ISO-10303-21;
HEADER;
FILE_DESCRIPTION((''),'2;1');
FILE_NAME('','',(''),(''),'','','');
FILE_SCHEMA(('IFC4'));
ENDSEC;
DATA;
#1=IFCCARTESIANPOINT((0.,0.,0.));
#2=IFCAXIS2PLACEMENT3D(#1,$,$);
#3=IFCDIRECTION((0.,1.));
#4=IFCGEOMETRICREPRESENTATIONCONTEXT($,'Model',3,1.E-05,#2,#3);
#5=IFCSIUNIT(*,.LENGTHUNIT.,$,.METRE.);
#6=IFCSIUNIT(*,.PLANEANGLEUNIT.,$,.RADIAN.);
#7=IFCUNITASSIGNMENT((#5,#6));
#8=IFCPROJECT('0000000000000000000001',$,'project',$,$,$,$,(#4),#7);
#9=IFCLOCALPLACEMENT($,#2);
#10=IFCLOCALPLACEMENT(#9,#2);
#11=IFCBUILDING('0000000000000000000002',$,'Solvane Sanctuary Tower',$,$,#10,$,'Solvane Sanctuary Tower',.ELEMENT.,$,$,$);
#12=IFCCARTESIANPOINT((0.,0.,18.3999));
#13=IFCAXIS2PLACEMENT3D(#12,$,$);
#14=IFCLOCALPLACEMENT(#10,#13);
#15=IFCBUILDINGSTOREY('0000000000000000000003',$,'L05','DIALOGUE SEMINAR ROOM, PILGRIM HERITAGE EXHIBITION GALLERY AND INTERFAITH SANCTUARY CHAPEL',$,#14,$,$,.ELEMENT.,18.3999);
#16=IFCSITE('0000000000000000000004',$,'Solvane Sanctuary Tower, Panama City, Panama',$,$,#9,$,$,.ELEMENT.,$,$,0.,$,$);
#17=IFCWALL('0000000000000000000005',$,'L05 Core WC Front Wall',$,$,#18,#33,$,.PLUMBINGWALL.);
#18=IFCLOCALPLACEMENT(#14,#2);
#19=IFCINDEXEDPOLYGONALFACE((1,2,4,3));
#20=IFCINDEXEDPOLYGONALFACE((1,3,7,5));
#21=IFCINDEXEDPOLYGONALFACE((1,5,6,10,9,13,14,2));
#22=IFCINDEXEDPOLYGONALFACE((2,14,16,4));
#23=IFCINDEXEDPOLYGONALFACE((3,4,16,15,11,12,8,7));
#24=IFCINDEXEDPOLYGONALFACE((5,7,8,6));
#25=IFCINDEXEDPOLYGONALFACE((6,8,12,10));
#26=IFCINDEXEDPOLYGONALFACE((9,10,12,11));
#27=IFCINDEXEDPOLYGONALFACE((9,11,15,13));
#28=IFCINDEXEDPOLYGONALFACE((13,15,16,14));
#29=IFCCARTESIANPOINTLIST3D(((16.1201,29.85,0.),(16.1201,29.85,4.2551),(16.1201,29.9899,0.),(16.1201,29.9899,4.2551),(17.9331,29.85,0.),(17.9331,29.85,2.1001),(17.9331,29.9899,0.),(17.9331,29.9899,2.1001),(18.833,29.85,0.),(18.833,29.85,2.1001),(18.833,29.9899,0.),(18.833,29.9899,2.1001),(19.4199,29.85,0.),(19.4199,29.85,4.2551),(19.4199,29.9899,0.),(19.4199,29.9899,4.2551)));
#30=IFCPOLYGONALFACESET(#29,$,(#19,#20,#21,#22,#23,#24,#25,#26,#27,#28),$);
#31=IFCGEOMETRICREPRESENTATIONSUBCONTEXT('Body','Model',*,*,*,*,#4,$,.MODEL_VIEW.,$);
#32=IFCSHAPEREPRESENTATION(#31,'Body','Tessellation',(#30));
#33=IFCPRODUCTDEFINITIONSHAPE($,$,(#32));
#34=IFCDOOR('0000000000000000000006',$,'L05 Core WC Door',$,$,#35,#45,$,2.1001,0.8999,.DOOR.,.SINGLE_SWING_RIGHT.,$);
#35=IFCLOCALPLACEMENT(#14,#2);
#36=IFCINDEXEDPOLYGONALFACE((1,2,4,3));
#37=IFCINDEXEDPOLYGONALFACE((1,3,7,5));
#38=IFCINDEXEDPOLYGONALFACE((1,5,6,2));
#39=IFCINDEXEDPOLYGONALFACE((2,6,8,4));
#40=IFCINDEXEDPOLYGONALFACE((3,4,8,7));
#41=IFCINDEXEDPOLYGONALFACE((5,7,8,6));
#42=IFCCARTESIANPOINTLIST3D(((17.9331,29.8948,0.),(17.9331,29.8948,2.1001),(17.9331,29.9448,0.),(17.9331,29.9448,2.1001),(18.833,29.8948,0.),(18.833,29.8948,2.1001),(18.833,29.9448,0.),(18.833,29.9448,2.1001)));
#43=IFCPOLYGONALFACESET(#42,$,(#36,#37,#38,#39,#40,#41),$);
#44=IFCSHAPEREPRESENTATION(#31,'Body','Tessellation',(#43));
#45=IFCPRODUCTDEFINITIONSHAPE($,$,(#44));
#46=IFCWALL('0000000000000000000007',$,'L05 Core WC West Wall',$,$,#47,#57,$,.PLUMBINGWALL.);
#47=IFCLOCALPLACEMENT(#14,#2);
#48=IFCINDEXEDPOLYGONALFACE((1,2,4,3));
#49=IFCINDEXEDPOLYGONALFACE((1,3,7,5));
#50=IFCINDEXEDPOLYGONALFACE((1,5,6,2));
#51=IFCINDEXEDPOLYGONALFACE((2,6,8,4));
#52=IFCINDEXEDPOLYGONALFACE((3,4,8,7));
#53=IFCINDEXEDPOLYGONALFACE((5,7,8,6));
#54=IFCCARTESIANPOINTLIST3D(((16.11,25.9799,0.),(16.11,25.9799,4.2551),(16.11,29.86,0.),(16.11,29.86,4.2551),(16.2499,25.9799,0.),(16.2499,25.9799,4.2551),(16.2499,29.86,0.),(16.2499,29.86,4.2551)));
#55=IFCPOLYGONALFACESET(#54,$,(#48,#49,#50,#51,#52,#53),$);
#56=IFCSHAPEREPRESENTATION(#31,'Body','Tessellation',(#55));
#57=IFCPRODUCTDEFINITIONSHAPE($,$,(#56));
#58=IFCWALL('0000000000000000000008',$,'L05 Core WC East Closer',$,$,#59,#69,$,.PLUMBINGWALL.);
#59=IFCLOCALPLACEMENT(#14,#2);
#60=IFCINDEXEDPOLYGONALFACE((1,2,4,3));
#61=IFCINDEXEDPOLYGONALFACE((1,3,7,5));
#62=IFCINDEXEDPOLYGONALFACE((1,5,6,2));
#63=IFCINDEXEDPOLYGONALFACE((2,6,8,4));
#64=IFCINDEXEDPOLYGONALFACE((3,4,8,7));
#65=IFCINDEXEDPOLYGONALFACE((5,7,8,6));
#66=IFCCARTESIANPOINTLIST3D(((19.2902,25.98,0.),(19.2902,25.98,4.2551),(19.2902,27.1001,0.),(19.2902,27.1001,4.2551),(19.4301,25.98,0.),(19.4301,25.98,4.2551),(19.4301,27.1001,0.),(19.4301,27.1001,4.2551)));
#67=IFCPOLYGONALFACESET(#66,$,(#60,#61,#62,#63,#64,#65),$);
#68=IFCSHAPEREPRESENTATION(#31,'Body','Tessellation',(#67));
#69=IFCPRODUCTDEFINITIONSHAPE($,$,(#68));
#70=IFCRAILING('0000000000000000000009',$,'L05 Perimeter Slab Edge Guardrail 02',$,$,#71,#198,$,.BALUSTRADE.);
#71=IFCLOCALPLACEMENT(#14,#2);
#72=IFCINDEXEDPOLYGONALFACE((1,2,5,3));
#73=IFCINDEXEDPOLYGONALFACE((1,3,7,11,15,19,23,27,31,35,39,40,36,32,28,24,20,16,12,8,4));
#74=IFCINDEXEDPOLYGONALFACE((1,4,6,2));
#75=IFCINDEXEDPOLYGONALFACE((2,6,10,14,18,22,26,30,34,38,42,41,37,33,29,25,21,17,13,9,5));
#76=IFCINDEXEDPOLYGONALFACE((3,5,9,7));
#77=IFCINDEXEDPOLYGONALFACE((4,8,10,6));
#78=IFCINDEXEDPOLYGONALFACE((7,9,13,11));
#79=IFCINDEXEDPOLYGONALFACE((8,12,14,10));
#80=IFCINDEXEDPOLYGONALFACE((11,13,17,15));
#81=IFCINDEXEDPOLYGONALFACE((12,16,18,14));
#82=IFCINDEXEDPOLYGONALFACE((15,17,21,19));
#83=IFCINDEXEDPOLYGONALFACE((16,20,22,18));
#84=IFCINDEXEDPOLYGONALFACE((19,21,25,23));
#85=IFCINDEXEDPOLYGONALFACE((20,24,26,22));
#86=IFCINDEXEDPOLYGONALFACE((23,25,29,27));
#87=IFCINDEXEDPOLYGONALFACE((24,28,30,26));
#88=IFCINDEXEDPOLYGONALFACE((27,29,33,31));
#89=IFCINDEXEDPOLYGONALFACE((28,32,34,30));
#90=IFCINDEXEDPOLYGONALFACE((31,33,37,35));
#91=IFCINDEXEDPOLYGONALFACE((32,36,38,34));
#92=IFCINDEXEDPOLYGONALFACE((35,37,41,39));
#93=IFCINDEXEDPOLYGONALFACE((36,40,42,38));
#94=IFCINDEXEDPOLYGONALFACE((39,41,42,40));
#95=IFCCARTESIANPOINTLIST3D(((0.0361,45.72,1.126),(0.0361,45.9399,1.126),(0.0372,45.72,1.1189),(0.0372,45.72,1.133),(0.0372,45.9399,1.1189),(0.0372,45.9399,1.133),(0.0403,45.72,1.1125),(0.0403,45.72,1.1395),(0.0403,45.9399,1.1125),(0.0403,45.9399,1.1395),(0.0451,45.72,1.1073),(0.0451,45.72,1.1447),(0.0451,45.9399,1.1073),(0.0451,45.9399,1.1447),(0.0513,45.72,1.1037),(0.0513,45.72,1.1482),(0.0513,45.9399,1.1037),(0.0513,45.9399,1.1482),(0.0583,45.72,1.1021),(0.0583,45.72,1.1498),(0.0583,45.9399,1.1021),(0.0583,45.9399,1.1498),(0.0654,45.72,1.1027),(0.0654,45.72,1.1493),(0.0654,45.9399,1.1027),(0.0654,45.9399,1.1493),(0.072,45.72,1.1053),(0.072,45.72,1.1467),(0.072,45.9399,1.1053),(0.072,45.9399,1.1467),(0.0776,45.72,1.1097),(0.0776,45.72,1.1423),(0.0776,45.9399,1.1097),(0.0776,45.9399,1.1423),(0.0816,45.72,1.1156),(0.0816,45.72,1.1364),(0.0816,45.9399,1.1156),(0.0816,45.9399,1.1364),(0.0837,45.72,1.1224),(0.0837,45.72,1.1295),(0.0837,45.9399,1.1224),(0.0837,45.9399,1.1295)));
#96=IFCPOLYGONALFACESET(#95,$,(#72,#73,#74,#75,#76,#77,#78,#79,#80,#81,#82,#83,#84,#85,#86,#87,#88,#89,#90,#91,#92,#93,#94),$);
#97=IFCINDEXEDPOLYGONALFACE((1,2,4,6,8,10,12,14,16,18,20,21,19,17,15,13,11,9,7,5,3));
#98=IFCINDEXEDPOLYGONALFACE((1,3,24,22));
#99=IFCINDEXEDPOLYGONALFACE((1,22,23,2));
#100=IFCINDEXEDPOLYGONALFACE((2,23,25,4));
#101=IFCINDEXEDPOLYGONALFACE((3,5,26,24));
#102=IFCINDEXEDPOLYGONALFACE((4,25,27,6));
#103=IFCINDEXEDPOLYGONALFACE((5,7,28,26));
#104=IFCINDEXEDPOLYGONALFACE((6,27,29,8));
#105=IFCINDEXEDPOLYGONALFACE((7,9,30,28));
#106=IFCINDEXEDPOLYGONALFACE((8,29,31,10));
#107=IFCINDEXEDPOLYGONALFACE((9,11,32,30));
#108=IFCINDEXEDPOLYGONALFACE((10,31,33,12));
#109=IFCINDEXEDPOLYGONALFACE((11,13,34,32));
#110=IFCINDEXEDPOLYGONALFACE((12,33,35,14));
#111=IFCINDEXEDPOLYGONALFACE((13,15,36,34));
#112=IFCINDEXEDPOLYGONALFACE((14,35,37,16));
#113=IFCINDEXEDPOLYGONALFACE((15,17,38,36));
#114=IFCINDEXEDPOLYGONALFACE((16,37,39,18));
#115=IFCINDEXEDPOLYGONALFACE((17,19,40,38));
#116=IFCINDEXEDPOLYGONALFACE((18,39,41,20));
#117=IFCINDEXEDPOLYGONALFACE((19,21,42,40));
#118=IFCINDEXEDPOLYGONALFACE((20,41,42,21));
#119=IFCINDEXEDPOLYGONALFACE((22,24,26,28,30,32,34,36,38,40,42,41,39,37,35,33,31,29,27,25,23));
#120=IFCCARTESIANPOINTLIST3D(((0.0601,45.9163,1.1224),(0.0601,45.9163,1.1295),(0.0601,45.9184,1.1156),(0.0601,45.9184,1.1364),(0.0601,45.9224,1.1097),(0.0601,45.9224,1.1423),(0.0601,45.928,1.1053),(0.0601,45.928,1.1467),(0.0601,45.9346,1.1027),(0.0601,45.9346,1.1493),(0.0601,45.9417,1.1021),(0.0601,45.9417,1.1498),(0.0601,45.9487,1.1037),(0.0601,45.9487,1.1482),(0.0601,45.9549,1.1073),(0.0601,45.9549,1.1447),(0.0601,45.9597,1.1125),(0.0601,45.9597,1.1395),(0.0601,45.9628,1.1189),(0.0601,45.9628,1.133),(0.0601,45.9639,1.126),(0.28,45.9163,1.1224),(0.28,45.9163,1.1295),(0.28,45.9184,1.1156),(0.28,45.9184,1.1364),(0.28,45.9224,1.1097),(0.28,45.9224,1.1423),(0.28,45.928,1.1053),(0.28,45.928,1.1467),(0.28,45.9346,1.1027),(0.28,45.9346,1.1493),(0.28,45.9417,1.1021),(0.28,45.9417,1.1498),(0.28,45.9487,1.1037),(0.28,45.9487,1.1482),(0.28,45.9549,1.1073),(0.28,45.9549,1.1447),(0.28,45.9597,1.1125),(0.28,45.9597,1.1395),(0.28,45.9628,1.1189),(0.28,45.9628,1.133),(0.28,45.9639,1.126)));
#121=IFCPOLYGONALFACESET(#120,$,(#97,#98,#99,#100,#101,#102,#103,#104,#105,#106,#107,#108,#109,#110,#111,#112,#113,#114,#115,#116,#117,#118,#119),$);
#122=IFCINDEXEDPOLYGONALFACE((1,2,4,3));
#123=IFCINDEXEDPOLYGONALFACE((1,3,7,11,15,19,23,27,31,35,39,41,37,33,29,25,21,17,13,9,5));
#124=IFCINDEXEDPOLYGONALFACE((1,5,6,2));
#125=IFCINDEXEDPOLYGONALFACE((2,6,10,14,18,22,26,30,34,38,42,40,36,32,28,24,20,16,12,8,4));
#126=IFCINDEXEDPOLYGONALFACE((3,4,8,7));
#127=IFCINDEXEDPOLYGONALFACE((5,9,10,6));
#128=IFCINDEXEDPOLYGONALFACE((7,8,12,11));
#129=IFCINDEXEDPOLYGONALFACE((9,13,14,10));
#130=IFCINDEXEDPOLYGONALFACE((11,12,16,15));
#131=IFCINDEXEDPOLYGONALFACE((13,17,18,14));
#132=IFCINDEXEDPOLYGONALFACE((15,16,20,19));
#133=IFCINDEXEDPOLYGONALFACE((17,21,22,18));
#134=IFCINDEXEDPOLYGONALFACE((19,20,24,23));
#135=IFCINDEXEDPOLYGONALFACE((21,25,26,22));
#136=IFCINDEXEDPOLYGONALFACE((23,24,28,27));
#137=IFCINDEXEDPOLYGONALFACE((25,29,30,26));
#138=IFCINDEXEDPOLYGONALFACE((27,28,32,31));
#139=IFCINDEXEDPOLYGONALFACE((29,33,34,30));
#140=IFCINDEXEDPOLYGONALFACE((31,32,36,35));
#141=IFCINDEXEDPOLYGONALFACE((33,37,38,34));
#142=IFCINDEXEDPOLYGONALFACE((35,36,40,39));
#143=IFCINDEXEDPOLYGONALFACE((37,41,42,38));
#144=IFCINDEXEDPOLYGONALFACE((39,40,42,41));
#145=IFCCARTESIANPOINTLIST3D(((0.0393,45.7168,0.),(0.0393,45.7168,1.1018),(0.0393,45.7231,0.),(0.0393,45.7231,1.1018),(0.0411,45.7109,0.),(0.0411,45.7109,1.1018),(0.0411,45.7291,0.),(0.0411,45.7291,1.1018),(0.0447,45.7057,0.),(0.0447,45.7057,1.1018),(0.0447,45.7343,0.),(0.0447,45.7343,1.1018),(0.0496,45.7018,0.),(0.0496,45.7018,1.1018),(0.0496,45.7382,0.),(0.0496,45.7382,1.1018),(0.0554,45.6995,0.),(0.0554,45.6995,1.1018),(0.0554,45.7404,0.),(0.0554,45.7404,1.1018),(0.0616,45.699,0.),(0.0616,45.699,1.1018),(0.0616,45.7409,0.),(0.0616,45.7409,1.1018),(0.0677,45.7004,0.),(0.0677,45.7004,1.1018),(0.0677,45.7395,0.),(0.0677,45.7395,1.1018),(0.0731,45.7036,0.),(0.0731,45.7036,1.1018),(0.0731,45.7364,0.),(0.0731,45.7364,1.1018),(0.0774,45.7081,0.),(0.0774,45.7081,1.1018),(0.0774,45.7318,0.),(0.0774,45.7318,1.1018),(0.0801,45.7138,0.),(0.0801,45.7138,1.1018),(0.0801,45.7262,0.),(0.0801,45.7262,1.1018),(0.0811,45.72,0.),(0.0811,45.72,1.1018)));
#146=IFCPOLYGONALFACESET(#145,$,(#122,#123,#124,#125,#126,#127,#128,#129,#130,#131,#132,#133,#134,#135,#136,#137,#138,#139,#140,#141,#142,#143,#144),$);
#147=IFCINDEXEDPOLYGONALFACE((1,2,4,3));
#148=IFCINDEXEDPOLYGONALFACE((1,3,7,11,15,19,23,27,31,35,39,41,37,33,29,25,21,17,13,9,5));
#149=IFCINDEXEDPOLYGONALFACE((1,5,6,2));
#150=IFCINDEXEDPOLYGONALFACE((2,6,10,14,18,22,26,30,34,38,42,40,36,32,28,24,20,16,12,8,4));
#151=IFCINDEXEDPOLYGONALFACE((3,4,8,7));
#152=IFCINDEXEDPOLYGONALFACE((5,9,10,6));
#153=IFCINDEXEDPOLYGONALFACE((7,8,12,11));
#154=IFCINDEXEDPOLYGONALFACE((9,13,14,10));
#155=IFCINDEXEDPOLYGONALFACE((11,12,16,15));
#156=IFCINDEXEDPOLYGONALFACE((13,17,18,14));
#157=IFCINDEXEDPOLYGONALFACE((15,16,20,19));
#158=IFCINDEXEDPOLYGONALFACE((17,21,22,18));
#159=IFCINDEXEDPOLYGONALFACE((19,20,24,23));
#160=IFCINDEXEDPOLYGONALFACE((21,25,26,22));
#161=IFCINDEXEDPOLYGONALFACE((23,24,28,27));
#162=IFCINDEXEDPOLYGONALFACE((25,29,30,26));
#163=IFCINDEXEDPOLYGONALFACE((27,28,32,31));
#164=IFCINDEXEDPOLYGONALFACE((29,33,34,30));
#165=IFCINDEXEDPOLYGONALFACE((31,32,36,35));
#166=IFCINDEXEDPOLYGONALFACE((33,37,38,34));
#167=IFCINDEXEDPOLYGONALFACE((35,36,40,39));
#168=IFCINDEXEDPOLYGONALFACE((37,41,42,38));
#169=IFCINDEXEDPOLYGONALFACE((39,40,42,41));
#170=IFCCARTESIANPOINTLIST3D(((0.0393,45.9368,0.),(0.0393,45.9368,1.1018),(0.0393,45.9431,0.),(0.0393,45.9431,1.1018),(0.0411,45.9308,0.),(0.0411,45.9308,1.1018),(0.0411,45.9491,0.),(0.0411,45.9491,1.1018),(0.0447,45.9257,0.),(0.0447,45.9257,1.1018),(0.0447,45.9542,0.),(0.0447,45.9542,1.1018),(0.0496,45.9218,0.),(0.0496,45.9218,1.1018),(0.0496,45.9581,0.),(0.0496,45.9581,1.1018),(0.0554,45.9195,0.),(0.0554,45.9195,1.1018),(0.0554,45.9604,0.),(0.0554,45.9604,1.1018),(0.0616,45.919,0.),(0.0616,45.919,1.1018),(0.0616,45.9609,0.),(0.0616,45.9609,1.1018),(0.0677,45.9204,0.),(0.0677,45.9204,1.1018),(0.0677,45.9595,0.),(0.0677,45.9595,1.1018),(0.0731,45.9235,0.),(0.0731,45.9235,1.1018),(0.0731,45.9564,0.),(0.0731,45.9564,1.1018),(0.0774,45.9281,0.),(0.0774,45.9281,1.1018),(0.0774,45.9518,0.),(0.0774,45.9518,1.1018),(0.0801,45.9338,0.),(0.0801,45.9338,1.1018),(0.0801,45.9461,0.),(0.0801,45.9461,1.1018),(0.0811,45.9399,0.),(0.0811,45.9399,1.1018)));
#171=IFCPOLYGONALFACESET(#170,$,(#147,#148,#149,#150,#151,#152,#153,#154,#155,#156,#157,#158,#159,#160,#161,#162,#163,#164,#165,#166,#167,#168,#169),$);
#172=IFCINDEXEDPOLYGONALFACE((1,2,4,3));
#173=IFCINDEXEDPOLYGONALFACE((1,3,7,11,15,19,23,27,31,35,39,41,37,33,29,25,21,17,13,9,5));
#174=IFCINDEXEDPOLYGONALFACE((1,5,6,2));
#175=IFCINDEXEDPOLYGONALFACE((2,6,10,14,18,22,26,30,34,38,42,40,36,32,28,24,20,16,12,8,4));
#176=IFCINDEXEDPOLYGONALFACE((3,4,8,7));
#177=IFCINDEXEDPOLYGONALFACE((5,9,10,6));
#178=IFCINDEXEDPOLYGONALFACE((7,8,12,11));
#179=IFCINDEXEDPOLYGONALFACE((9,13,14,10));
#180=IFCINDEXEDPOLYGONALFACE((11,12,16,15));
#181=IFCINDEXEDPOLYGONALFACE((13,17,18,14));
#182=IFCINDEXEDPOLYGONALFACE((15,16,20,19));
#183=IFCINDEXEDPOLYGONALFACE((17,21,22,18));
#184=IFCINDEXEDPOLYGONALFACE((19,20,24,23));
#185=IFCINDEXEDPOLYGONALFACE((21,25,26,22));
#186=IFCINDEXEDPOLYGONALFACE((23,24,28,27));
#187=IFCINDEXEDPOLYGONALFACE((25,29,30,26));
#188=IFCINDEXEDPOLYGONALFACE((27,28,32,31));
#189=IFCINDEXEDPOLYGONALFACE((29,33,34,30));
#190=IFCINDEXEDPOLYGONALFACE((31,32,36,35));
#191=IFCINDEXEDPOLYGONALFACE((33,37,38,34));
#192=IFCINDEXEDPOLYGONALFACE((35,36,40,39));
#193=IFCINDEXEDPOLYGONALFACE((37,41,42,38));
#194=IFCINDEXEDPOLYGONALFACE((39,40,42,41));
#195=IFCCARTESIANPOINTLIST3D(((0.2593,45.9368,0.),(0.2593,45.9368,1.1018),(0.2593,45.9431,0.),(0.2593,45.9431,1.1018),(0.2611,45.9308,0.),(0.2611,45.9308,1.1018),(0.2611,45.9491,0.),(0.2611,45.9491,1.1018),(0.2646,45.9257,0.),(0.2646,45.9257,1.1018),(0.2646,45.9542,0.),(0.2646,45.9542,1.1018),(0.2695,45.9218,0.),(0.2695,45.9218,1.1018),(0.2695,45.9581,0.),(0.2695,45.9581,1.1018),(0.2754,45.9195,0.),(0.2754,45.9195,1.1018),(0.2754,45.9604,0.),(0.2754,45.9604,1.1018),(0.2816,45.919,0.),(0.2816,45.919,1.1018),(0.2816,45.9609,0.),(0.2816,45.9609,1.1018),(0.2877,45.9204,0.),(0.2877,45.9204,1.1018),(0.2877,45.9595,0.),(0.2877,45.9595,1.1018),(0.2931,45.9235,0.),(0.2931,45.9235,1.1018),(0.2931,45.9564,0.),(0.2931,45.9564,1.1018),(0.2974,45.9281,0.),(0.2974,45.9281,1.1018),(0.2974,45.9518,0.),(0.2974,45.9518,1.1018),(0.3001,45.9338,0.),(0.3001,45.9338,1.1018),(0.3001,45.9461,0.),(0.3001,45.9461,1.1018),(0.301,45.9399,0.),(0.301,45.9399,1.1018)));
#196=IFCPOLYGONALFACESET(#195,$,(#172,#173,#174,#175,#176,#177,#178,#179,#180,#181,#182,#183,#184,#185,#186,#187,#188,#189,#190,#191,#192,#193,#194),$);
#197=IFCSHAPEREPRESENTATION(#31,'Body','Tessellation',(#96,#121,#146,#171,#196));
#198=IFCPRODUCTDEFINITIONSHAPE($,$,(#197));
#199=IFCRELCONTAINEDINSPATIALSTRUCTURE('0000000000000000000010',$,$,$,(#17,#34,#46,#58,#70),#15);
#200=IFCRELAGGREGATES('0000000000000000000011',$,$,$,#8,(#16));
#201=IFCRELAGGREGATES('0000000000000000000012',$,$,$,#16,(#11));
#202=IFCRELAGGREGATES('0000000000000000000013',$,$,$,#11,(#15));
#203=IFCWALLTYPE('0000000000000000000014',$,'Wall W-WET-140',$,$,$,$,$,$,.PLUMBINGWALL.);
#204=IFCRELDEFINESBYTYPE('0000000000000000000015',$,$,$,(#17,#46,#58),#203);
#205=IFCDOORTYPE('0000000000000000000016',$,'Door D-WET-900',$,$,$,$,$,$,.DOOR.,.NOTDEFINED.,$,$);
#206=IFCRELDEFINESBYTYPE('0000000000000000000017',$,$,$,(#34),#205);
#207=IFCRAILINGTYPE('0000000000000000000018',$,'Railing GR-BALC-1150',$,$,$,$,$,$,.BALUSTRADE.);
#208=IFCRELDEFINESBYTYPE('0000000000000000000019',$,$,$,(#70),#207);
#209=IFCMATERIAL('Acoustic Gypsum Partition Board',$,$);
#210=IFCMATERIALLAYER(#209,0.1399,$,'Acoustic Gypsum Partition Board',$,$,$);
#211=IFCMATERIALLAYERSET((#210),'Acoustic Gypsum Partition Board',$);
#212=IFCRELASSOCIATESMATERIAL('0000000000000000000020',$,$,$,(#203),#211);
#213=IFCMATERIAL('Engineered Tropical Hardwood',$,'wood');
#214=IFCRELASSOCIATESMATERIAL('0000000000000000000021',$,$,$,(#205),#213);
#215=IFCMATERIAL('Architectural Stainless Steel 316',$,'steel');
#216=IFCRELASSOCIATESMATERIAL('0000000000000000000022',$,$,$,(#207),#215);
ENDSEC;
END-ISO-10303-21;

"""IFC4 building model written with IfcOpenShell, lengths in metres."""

from ifc_helpers import new_model, si_unit, direction, frame, frame_2d, origin, origin_2d, place, context, subcontext, project, spatial, rectangle, circle, extrude, material, layer, layer_set, type_object, element, fill, save


model = new_model("IFC4")

# Units and contexts
model_context = context("Model", 3, precision=1e-05, world=origin(), true_north=direction((0.0, 1.0)))
body_context = subcontext(model_context, "Body", "Model", "MODEL_VIEW")
ifc_project = project(units=[si_unit("LENGTHUNIT", "METRE"), si_unit("PLANEANGLEUNIT", "RADIAN")], contexts=[model_context])

# Site, building, storey
site_placement = place(None, origin())
site = spatial("IfcSite", under=ifc_project, at=site_placement, Name="Solvane Sanctuary Tower, Panama City, Panama", CompositionType="ELEMENT", RefElevation=0.0)
building_placement = place(site_placement, origin())
building = spatial("IfcBuilding", under=site, at=building_placement, Name="Solvane Sanctuary Tower", LongName="Solvane Sanctuary Tower", CompositionType="ELEMENT")
storey_placement = place(building_placement, frame((0.0, 0.0, 18.3999)))
storey = spatial("IfcBuildingStorey", under=building, at=storey_placement, Name="L05", Description="DIALOGUE SEMINAR ROOM, PILGRIM HERITAGE EXHIBITION GALLERY AND INTERFAITH SANCTUARY CHAPEL", CompositionType="ELEMENT", Elevation=18.3999)

# Shared definitions
ifc_material_1 = material(Name="Acoustic Gypsum Partition Board")
ifc_material_2 = material(Name="Architectural Stainless Steel 316", Category="steel")

# Wall, opening, door
ifc_layer_1 = layer(ifc_material_1, 0.1399, Name="Acoustic Gypsum Partition Board")
ifc_layer_set_1 = layer_set([ifc_layer_1], Name="Acoustic Gypsum Partition Board")
wall_type_1 = type_object("IfcWallType", Name="Wall W-WET-140", PredefinedType="PLUMBINGWALL", material=ifc_layer_set_1)
wall_1_placement = place(storey_placement, frame((16.1201, 29.9199, 0.0), z_axis=(0.0, 0.0, 1.0), x_axis=(1.0, 0.0, 0.0)))
wall_1 = element("IfcWall", 1, at=wall_1_placement, inside=storey, type_object=wall_type_1, Name="L05 Core WC Front Wall", PredefinedType="PLUMBINGWALL", context=body_context, shape_type="SweptSolid", body=[
    extrude(rectangle(XDim=3.2998, YDim=0.1399, at=frame_2d((1.6499, 0.0))), origin(), (0.0, 0.0, 1.0), 4.2551),
])
opening_1_placement = place(wall_1_placement, frame((1.813, 0.0, 0.0)))
opening_1 = element("IfcOpeningElement", 2, at=opening_1_placement, cuts=wall_1, PredefinedType="OPENING", context=body_context, shape_type="SweptSolid", body=[
    extrude(rectangle(XDim=0.8999, YDim=2.1001, at=frame_2d((0.45, 1.05))), frame((0.0, 0.0798, 0.0), z_axis=(0.0, -1.0, 0.0), x_axis=(1.0, 0.0, 0.0)), (0.0, 0.0, 1.0), 0.1599),
])
ifc_material_3 = material(Name="Engineered Tropical Hardwood", Category="wood")
door_type_1 = type_object("IfcDoorType", Name="Door D-WET-900", OperationType="NOTDEFINED", PredefinedType="DOOR", material=ifc_material_3)
door_1_placement = place(opening_1_placement, origin())
door_1 = element("IfcDoor", 3, at=door_1_placement, inside=storey, type_object=door_type_1, Name="L05 Core WC Door", OperationType="SINGLE_SWING_RIGHT", OverallHeight=2.1001, OverallWidth=0.8999, PredefinedType="DOOR", context=body_context, shape_type="SweptSolid", body=[
    extrude(rectangle(XDim=0.8999, YDim=2.1001, at=frame_2d((0.45, 1.05))), frame((0.0, 0.0249, 0.0), z_axis=(0.0, -1.0, 0.0), x_axis=(1.0, 0.0, 0.0)), (0.0, 0.0, 1.0), 0.05),
])
fill(opening_1, door_1)

# Walls
wall_2_placement = place(storey_placement, frame((16.1799, 25.98, 0.0), z_axis=(0.0, 0.0, 1.0), x_axis=(0.0, 1.0, 0.0)))
element("IfcWall", 4, at=wall_2_placement, inside=storey, type_object=wall_type_1, Name="L05 Core WC West Wall", PredefinedType="PLUMBINGWALL", context=body_context, shape_type="SweptSolid", body=[
    extrude(rectangle(XDim=3.8801, YDim=0.1399, at=frame_2d((1.9399, 0.0))), origin(), (0.0, 0.0, 1.0), 4.2551),
])
wall_3_placement = place(storey_placement, frame((19.3601, 25.98, 0.0), z_axis=(0.0, 0.0, 1.0), x_axis=(0.0, 1.0, 0.0)))
element("IfcWall", 5, at=wall_3_placement, inside=storey, type_object=wall_type_1, Name="L05 Core WC East Closer", PredefinedType="PLUMBINGWALL", context=body_context, shape_type="SweptSolid", body=[
    extrude(rectangle(XDim=1.1201, YDim=0.1399, at=frame_2d((0.5601, 0.0))), origin(), (0.0, 0.0, 1.0), 4.2551),
])

# Railing
railing_type = type_object("IfcRailingType", Name="Railing GR-BALC-1150", PredefinedType="BALUSTRADE", material=ifc_material_2)
railing_1_placement = place(storey_placement, frame((0.0601, 45.72, 0.0)))
element("IfcRailing", 6, at=railing_1_placement, inside=storey, type_object=railing_type, Name="L05 Perimeter Slab Edge Guardrail 02", PredefinedType="BALUSTRADE", context=body_context, shape_type="SweptSolid", body=[
    extrude(circle(Radius=0.0239, at=origin_2d()), frame((0.0, 0.0, 1.126), z_axis=(0.0, 1.0, 0.0), x_axis=(-1.0, 0.0, 0.0)), (0.0, 0.0, 1.0), 0.22),
    extrude(circle(Radius=0.0239, at=origin_2d()), frame((0.0, 0.22, 1.126), z_axis=(1.0, 0.0, 0.0), x_axis=(0.0, 1.0, 0.0)), (0.0, 0.0, 1.0), 0.22),
    extrude(circle(Radius=0.021, at=origin_2d()), origin(), (0.0, 0.0, 1.0), 1.1018),
    extrude(circle(Radius=0.021, at=origin_2d()), frame((0.0, 0.22, 0.0)), (0.0, 0.0, 1.0), 1.1018),
    extrude(circle(Radius=0.021, at=origin_2d()), frame((0.22, 0.22, 0.0)), (0.0, 0.0, 1.0), 1.1018),
])

save(model, "model.ifc")
